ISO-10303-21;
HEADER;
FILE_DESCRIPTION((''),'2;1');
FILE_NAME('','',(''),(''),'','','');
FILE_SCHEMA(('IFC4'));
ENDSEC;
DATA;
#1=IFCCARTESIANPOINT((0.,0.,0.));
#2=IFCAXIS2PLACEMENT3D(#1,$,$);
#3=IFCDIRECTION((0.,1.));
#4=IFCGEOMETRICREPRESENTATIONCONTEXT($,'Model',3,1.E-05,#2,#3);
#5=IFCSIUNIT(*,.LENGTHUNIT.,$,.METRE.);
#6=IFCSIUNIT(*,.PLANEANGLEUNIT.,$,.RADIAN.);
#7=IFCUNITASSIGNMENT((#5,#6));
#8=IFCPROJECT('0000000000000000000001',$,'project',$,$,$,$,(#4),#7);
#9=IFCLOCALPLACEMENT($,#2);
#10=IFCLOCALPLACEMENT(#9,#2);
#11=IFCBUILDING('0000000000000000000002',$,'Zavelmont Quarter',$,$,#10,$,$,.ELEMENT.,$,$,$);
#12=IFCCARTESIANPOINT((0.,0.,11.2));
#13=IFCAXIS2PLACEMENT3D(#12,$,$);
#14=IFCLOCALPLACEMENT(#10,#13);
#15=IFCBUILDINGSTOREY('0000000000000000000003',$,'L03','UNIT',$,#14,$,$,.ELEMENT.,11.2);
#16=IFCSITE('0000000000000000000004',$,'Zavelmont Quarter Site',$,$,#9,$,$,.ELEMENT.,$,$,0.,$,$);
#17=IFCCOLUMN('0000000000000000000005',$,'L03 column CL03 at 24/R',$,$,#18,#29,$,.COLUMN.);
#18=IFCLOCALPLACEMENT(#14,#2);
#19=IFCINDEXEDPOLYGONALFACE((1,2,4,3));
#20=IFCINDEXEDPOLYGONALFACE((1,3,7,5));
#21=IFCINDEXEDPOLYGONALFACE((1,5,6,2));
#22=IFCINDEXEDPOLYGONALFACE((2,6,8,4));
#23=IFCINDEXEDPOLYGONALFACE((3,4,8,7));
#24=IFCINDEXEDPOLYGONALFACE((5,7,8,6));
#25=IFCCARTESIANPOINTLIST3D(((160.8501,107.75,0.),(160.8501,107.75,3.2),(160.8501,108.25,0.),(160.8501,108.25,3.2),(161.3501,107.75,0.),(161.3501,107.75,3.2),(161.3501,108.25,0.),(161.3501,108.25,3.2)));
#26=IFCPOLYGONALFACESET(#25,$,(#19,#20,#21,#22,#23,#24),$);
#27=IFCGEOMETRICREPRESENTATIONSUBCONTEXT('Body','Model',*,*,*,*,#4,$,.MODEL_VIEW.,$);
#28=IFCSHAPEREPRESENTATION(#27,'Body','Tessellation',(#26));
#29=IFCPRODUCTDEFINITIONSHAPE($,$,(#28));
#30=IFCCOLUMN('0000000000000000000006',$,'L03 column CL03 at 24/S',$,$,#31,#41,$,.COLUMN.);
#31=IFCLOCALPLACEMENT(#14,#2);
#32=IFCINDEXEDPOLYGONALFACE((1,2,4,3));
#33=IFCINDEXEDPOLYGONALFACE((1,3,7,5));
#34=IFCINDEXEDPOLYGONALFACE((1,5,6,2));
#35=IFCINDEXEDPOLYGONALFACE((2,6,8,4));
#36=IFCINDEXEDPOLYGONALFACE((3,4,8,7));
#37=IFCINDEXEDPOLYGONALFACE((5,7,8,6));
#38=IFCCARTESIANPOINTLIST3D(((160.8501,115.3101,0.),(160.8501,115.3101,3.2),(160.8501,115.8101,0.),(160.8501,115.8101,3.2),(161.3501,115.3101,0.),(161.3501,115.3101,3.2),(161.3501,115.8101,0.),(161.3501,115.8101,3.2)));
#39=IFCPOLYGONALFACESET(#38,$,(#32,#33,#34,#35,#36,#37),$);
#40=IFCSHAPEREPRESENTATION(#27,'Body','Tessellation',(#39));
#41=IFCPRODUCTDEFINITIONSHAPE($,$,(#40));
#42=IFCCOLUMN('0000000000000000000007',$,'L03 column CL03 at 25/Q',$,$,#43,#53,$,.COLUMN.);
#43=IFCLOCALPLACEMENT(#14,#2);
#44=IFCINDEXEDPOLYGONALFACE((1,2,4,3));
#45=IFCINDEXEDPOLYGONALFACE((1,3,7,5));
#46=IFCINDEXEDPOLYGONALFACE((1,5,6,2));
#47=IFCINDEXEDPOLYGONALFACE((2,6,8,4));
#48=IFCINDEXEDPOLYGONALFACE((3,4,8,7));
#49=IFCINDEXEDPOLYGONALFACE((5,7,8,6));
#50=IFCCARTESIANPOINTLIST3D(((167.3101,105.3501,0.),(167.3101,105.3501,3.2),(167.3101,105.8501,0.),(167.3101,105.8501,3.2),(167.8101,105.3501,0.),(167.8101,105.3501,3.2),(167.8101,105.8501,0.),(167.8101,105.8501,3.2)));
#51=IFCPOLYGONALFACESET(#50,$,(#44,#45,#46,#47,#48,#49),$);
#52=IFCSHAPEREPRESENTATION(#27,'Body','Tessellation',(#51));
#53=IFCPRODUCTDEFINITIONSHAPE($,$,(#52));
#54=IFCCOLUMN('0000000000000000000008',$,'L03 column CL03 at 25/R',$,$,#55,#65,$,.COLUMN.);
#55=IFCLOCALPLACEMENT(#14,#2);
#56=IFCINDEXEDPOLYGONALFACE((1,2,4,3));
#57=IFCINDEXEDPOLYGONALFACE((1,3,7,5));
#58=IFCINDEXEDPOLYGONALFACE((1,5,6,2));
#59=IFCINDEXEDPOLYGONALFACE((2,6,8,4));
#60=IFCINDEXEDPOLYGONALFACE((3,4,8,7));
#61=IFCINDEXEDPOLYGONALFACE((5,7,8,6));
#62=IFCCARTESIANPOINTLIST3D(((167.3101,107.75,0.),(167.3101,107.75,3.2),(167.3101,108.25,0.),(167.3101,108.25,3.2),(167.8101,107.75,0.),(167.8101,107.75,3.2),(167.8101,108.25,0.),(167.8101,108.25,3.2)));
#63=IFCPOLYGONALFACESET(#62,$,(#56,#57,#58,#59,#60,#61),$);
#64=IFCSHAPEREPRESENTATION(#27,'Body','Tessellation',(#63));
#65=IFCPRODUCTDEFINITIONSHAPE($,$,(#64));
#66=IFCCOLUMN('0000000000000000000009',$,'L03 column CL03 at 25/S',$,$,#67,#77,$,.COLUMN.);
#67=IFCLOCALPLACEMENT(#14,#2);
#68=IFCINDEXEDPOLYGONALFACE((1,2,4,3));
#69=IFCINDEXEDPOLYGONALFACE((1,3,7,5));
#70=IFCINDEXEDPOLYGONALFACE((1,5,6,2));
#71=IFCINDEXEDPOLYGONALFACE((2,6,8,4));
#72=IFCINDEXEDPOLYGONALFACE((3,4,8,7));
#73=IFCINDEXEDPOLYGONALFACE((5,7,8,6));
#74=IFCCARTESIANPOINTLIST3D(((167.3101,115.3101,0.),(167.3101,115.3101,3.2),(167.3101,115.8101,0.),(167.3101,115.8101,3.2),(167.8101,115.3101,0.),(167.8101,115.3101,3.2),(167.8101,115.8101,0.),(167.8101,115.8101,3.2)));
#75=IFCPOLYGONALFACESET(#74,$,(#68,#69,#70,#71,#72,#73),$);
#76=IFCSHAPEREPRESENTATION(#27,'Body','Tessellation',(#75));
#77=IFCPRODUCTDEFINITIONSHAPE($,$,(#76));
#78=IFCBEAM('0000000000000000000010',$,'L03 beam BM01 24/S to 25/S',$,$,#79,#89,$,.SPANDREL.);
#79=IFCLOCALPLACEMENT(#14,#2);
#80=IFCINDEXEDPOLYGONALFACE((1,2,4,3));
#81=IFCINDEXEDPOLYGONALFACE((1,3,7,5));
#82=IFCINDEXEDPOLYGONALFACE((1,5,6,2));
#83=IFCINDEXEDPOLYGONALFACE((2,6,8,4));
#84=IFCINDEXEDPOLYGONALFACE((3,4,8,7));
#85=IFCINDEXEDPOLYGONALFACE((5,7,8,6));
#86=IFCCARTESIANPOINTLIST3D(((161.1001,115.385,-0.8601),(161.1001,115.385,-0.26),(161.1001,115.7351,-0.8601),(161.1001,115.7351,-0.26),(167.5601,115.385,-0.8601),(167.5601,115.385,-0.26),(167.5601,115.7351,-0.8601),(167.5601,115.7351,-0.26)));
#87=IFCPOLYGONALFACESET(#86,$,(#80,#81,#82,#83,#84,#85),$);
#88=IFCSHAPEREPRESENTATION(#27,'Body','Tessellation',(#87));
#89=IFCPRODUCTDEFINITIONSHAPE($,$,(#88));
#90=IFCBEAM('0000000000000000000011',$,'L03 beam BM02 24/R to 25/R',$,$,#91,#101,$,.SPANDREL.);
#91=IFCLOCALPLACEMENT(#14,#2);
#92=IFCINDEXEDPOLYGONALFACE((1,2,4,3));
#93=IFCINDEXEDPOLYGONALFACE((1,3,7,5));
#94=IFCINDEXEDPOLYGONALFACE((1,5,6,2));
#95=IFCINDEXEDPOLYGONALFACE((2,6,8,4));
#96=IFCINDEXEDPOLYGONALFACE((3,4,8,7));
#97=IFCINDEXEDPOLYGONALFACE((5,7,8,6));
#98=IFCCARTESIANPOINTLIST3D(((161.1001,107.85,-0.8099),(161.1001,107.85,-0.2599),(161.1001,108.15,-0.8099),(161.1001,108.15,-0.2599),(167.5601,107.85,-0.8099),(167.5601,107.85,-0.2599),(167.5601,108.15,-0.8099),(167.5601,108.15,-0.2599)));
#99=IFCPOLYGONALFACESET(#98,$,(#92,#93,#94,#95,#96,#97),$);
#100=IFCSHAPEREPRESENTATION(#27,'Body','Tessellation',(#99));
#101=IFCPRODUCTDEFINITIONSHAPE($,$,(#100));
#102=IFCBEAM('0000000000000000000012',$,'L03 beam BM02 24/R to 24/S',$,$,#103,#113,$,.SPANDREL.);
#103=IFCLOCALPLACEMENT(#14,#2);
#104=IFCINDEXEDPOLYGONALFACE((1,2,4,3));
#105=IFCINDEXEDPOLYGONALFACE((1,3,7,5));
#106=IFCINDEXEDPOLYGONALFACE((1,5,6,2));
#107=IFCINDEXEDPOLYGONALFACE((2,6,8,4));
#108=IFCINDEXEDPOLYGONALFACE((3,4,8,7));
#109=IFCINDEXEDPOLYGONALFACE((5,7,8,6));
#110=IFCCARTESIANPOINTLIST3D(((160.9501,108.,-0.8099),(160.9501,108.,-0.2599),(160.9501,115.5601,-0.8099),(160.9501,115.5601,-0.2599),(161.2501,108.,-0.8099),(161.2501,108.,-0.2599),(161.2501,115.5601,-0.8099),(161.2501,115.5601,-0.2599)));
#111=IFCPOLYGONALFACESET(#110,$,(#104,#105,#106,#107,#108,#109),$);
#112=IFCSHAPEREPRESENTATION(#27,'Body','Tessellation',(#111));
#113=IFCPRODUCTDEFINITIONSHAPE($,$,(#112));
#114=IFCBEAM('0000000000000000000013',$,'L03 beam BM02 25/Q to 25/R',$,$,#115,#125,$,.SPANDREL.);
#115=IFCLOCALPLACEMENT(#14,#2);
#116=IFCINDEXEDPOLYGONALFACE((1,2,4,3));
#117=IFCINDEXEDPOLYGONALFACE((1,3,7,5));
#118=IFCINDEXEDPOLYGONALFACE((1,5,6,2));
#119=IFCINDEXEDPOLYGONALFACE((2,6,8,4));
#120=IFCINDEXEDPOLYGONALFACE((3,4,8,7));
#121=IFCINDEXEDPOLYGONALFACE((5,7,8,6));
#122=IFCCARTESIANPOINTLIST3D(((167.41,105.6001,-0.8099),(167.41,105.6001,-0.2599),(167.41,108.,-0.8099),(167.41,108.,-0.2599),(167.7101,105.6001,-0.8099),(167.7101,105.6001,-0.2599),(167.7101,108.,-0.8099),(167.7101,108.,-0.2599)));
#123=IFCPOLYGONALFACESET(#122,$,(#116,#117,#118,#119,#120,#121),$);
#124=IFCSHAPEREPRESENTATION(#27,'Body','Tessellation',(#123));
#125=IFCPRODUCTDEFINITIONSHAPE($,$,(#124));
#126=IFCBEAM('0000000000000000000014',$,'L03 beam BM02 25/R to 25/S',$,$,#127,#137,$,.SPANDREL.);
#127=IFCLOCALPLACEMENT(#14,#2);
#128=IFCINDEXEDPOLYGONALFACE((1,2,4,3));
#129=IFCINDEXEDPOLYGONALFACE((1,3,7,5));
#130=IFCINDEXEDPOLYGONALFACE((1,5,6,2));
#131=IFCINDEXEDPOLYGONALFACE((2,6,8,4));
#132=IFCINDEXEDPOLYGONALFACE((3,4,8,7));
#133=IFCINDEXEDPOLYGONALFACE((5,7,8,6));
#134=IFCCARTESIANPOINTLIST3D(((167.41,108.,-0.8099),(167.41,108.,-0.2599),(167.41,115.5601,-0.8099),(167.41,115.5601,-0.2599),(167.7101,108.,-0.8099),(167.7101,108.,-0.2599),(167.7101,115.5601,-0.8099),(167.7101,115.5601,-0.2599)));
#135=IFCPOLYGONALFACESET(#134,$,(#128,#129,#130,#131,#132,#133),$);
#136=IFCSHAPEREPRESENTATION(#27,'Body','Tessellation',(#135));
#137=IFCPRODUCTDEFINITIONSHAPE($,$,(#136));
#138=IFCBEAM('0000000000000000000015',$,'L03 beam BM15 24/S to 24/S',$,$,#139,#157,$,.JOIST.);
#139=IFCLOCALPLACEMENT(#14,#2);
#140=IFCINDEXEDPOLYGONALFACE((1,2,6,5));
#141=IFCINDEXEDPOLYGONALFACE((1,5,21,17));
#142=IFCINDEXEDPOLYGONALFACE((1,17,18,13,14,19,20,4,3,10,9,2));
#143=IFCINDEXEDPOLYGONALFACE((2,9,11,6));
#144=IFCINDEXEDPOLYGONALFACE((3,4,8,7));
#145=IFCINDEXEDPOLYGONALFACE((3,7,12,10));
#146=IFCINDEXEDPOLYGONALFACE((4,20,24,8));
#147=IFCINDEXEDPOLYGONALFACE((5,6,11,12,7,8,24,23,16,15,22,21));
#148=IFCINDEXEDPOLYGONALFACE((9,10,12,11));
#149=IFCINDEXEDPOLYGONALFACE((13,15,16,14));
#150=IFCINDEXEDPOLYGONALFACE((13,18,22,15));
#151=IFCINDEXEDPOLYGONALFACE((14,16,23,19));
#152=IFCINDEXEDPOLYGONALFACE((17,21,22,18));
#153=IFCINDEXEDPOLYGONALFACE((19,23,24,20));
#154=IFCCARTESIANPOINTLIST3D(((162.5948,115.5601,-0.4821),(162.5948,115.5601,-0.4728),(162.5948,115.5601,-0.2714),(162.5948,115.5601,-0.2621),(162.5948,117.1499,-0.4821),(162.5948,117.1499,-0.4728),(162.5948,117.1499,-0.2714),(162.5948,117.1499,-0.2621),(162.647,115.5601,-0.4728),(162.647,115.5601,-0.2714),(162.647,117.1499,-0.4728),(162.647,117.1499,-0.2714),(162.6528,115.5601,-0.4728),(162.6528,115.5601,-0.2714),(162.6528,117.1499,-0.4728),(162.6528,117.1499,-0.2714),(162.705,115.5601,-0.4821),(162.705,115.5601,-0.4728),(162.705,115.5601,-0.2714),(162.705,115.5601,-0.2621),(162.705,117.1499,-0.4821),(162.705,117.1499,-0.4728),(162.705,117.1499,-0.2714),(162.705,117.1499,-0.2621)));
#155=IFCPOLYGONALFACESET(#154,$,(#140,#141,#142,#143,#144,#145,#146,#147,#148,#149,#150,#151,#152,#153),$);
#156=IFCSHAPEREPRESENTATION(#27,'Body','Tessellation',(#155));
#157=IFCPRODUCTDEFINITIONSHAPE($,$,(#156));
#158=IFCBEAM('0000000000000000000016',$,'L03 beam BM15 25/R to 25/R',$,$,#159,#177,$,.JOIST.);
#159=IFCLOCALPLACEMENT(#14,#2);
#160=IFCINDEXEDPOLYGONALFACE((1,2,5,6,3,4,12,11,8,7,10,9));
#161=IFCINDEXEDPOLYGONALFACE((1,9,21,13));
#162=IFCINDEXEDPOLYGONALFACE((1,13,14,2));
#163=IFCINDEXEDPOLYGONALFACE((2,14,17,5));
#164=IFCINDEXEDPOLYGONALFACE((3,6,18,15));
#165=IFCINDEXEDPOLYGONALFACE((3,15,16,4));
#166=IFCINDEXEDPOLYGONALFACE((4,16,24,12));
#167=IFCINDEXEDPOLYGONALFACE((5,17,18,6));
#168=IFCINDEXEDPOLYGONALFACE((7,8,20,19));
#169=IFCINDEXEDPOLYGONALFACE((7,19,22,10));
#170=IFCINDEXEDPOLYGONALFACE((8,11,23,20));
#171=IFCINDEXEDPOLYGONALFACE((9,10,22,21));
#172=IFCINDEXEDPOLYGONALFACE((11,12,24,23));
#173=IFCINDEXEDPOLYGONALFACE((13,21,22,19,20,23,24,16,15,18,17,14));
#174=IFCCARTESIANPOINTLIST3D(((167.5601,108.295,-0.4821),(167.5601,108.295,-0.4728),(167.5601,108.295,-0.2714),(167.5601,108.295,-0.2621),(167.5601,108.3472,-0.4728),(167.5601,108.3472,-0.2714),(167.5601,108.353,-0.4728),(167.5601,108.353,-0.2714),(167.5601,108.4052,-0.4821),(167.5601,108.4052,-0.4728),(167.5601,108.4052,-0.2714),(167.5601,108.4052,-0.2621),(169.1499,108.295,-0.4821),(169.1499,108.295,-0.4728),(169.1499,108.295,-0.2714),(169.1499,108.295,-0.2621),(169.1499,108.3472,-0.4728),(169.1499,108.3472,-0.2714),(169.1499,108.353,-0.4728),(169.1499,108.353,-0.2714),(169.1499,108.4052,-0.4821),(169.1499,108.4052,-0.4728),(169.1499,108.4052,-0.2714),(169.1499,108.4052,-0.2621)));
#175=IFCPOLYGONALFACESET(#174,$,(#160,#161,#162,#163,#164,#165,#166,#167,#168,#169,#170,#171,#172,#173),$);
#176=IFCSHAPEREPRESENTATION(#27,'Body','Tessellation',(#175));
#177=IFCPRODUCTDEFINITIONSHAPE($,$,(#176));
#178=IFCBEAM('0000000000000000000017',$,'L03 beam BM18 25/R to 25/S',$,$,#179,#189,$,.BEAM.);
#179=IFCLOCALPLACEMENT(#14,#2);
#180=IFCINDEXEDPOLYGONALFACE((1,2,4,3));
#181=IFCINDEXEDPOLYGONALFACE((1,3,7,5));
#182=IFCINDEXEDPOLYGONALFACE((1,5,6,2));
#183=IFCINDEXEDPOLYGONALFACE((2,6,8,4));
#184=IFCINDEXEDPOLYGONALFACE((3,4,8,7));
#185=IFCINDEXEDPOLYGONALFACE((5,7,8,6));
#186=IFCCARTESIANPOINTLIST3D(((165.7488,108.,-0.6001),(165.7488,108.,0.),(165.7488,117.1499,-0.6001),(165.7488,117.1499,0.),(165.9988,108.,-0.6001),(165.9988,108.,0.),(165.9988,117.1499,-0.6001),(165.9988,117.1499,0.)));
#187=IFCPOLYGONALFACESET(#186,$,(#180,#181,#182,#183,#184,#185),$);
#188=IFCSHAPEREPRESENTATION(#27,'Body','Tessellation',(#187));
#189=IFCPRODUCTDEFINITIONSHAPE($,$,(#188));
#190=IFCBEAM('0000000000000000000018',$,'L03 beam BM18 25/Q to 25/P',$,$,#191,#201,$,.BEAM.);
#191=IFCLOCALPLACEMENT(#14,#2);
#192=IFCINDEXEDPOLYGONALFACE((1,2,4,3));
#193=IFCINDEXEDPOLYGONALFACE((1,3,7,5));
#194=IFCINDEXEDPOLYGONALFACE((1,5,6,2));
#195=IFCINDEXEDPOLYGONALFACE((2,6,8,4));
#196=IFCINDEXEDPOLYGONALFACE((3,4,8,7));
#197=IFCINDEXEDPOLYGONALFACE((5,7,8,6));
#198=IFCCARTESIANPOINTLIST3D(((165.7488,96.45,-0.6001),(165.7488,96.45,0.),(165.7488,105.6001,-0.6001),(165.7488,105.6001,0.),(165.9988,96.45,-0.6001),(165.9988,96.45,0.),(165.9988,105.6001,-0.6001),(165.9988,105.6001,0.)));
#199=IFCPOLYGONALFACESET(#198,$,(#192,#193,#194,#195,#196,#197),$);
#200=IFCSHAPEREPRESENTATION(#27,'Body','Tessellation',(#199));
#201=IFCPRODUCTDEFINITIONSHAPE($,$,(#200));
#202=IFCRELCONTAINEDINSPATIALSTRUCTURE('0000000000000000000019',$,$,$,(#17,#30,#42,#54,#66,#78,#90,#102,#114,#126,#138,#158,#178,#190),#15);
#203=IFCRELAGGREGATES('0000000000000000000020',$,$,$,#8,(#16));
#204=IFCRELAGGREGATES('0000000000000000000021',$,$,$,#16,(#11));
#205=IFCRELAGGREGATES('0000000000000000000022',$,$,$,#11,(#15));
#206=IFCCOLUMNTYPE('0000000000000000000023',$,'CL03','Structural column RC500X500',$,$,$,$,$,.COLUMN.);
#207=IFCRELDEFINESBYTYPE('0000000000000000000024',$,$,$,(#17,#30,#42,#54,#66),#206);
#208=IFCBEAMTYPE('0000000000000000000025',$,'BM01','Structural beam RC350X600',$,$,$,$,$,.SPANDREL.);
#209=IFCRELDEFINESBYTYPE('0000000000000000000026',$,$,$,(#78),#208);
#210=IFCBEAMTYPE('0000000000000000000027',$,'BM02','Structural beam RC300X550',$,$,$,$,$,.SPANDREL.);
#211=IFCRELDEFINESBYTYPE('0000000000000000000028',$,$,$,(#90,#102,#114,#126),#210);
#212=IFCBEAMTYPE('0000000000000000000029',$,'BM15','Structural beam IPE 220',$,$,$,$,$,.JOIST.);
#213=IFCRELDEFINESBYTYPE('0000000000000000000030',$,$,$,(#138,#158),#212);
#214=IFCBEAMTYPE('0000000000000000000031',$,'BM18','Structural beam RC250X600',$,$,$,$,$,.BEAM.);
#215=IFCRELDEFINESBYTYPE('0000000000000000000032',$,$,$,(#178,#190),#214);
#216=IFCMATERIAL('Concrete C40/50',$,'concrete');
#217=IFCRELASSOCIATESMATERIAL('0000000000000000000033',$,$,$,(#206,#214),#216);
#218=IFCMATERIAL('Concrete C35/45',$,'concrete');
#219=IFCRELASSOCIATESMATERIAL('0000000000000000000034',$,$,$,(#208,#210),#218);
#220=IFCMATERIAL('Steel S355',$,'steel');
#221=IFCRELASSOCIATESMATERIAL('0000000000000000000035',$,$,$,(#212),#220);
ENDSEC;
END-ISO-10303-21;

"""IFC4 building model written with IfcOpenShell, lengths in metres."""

from ifc_helpers import new_model, si_unit, direction, frame, origin, origin_2d, place, context, subcontext, project, spatial, rectangle, i_section, extrude, material, material_profile, profile_set, type_object, element, save


model = new_model("IFC4")

# Units and contexts
model_context = context("Model", 3, precision=1e-05, world=origin(), true_north=direction((0.0, 1.0)))
body_context = subcontext(model_context, "Body", "Model", "MODEL_VIEW")
ifc_project = project(units=[si_unit("LENGTHUNIT", "METRE"), si_unit("PLANEANGLEUNIT", "RADIAN")], contexts=[model_context])

# Site, building, storey
site_placement = place(None, origin())
site = spatial("IfcSite", under=ifc_project, at=site_placement, Name="Zavelmont Quarter Site", CompositionType="ELEMENT", RefElevation=0.0)
building_placement = place(site_placement, origin())
building = spatial("IfcBuilding", under=site, at=building_placement, Name="Zavelmont Quarter", CompositionType="ELEMENT")
storey_placement = place(building_placement, frame((0.0, 0.0, 11.2)))
storey = spatial("IfcBuildingStorey", under=building, at=storey_placement, Name="L03", Description="UNIT", CompositionType="ELEMENT", Elevation=11.2)

# Columns
ifc_material_1 = material(Name="Concrete C40/50", Category="concrete")
ifc_material_profile_1 = material_profile(ifc_material_1, rectangle(XDim=0.5, YDim=0.5, at=origin_2d()), Name="RC500X500")
ifc_profile_set_1 = profile_set([ifc_material_profile_1], Name="Concrete C40/50")
column_type = type_object("IfcColumnType", Name="CL03", Description="Structural column RC500X500", PredefinedType="COLUMN", material=ifc_profile_set_1)
for number, where, z_axis, x_axis, name in (
    (1, (161.1001, 108.0, 0.0), (0.0, 0.0, 1.0), (1.0, 0.0, 0.0), "L03 column CL03 at 24/R"),
    (2, (161.1001, 115.5601, 0.0), (0.0, 0.0, 1.0), (1.0, 0.0, 0.0), "L03 column CL03 at 24/S"),
    (3, (167.5601, 105.6001, 0.0), (0.0, 0.0, 1.0), (1.0, 0.0, 0.0), "L03 column CL03 at 25/Q"),
    (4, (167.5601, 108.0, 0.0), (0.0, 0.0, 1.0), (1.0, 0.0, 0.0), "L03 column CL03 at 25/R"),
    (5, (167.5601, 115.5601, 0.0), (0.0, 0.0, 1.0), (1.0, 0.0, 0.0), "L03 column CL03 at 25/S"),
):
    element("IfcColumn", number, at=place(storey_placement, frame(where, z_axis=z_axis, x_axis=x_axis)), inside=storey, type_object=column_type, Name=name, PredefinedType="COLUMN", context=body_context, shape_type="SweptSolid", body=[
        extrude(rectangle(XDim=0.5, YDim=0.5, at=origin_2d()), origin(), (0.0, 0.0, 1.0), 3.2),
    ])

# Beams
ifc_material_2 = material(Name="Concrete C35/45", Category="concrete")
ifc_material_profile_2 = material_profile(ifc_material_2, rectangle(XDim=0.3501, YDim=0.6001, at=origin_2d()), Name="RC350X600")
ifc_profile_set_2 = profile_set([ifc_material_profile_2], Name="Concrete C35/45")
beam_type_1 = type_object("IfcBeamType", Name="BM01", Description="Structural beam RC350X600", PredefinedType="SPANDREL", material=ifc_profile_set_2)
beam_1_placement = place(storey_placement, frame((161.1001, 115.5601, -0.5601), z_axis=(1.0, 0.0, 0.0), x_axis=(0.0, 1.0, 0.0)))
element("IfcBeam", 6, at=beam_1_placement, inside=storey, type_object=beam_type_1, Name="L03 beam BM01 24/S to 25/S", PredefinedType="SPANDREL", context=body_context, shape_type="SweptSolid", body=[
    extrude(rectangle(XDim=0.3501, YDim=0.6001, at=origin_2d()), origin(), (0.0, 0.0, 1.0), 6.46),
])
ifc_material_profile_3 = material_profile(ifc_material_2, rectangle(XDim=0.3, YDim=0.55, at=origin_2d()), Name="RC300X550")
ifc_profile_set_3 = profile_set([ifc_material_profile_3], Name="Concrete C35/45")
beam_type_2 = type_object("IfcBeamType", Name="BM02", Description="Structural beam RC300X550", PredefinedType="SPANDREL", material=ifc_profile_set_3)
beam_2_placement = place(storey_placement, frame((161.1001, 108.0, -0.5349), z_axis=(1.0, 0.0, 0.0), x_axis=(0.0, 1.0, 0.0)))
element("IfcBeam", 7, at=beam_2_placement, inside=storey, type_object=beam_type_2, Name="L03 beam BM02 24/R to 25/R", PredefinedType="SPANDREL", context=body_context, shape_type="SweptSolid", body=[
    extrude(rectangle(XDim=0.3, YDim=0.55, at=origin_2d()), origin(), (0.0, 0.0, 1.0), 6.46),
])
beam_3_placement = place(storey_placement, frame((161.1001, 108.0, -0.5349), z_axis=(0.0, 1.0, 0.0), x_axis=(-1.0, 0.0, 0.0)))
element("IfcBeam", 8, at=beam_3_placement, inside=storey, type_object=beam_type_2, Name="L03 beam BM02 24/R to 24/S", PredefinedType="SPANDREL", context=body_context, shape_type="SweptSolid", body=[
    extrude(rectangle(XDim=0.3, YDim=0.55, at=origin_2d()), origin(), (0.0, 0.0, 1.0), 7.5601),
])
beam_4_placement = place(storey_placement, frame((167.5601, 105.6001, -0.5349), z_axis=(0.0, 1.0, 0.0), x_axis=(-1.0, 0.0, 0.0)))
element("IfcBeam", 9, at=beam_4_placement, inside=storey, type_object=beam_type_2, Name="L03 beam BM02 25/Q to 25/R", PredefinedType="SPANDREL", context=body_context, shape_type="SweptSolid", body=[
    extrude(rectangle(XDim=0.3, YDim=0.55, at=origin_2d()), origin(), (0.0, 0.0, 1.0), 2.3999),
])
beam_5_placement = place(storey_placement, frame((167.5601, 108.0, -0.5349), z_axis=(0.0, 1.0, 0.0), x_axis=(-1.0, 0.0, 0.0)))
element("IfcBeam", 10, at=beam_5_placement, inside=storey, type_object=beam_type_2, Name="L03 beam BM02 25/R to 25/S", PredefinedType="SPANDREL", context=body_context, shape_type="SweptSolid", body=[
    extrude(rectangle(XDim=0.3, YDim=0.55, at=origin_2d()), origin(), (0.0, 0.0, 1.0), 7.5601),
])
ifc_material_3 = material(Name="Steel S355", Category="steel")
ifc_material_profile_4 = material_profile(ifc_material_3, i_section(OverallWidth=0.1101, OverallDepth=0.22, WebThickness=0.0059, FlangeThickness=0.0093, at=origin_2d()), Name="IPE 220")
ifc_profile_set_4 = profile_set([ifc_material_profile_4], Name="Steel S355")
beam_type_3 = type_object("IfcBeamType", Name="BM15", Description="Structural beam IPE 220", PredefinedType="JOIST", material=ifc_profile_set_4)
for number, where, z_axis, x_axis, name in (
    (11, (162.6499, 115.5601, -0.3721), (0.0, 1.0, 0.0), (-1.0, 0.0, 0.0), "L03 beam BM15 24/S to 24/S"),
    (12, (167.5601, 108.3501, -0.3721), (1.0, 0.0, 0.0), (0.0, 1.0, 0.0), "L03 beam BM15 25/R to 25/R"),
):
    element("IfcBeam", number, at=place(storey_placement, frame(where, z_axis=z_axis, x_axis=x_axis)), inside=storey, type_object=beam_type_3, Name=name, PredefinedType="JOIST", context=body_context, shape_type="SweptSolid", body=[
        extrude(i_section(OverallWidth=0.1101, OverallDepth=0.22, WebThickness=0.0059, FlangeThickness=0.0093, at=origin_2d()), origin(), (0.0, 0.0, 1.0), 1.5898),
    ])
ifc_material_profile_5 = material_profile(ifc_material_1, rectangle(XDim=0.25, YDim=0.6001, at=origin_2d()), Name="RC250X600")
ifc_profile_set_5 = profile_set([ifc_material_profile_5], Name="Concrete C40/50")
beam_type_4 = type_object("IfcBeamType", Name="BM18", Description="Structural beam RC250X600", PredefinedType="BEAM", material=ifc_profile_set_5)
beam_6_placement = place(storey_placement, frame((165.8738, 108.0, -0.3), z_axis=(0.0, 1.0, 0.0), x_axis=(-1.0, 0.0, 0.0)))
element("IfcBeam", 13, at=beam_6_placement, inside=storey, type_object=beam_type_4, Name="L03 beam BM18 25/R to 25/S", PredefinedType="BEAM", context=body_context, shape_type="SweptSolid", body=[
    extrude(rectangle(XDim=0.25, YDim=0.6001, at=origin_2d()), origin(), (0.0, 0.0, 1.0), 9.1499),
])
beam_7_placement = place(storey_placement, frame((165.8738, 105.6001, -0.3), z_axis=(0.0, -1.0, 0.0), x_axis=(1.0, 0.0, 0.0)))
element("IfcBeam", 14, at=beam_7_placement, inside=storey, type_object=beam_type_4, Name="L03 beam BM18 25/Q to 25/P", PredefinedType="BEAM", context=body_context, shape_type="SweptSolid", body=[
    extrude(rectangle(XDim=0.25, YDim=0.6001, at=origin_2d()), origin(), (0.0, 0.0, 1.0), 9.1501),
])

save(model, "model.ifc")
